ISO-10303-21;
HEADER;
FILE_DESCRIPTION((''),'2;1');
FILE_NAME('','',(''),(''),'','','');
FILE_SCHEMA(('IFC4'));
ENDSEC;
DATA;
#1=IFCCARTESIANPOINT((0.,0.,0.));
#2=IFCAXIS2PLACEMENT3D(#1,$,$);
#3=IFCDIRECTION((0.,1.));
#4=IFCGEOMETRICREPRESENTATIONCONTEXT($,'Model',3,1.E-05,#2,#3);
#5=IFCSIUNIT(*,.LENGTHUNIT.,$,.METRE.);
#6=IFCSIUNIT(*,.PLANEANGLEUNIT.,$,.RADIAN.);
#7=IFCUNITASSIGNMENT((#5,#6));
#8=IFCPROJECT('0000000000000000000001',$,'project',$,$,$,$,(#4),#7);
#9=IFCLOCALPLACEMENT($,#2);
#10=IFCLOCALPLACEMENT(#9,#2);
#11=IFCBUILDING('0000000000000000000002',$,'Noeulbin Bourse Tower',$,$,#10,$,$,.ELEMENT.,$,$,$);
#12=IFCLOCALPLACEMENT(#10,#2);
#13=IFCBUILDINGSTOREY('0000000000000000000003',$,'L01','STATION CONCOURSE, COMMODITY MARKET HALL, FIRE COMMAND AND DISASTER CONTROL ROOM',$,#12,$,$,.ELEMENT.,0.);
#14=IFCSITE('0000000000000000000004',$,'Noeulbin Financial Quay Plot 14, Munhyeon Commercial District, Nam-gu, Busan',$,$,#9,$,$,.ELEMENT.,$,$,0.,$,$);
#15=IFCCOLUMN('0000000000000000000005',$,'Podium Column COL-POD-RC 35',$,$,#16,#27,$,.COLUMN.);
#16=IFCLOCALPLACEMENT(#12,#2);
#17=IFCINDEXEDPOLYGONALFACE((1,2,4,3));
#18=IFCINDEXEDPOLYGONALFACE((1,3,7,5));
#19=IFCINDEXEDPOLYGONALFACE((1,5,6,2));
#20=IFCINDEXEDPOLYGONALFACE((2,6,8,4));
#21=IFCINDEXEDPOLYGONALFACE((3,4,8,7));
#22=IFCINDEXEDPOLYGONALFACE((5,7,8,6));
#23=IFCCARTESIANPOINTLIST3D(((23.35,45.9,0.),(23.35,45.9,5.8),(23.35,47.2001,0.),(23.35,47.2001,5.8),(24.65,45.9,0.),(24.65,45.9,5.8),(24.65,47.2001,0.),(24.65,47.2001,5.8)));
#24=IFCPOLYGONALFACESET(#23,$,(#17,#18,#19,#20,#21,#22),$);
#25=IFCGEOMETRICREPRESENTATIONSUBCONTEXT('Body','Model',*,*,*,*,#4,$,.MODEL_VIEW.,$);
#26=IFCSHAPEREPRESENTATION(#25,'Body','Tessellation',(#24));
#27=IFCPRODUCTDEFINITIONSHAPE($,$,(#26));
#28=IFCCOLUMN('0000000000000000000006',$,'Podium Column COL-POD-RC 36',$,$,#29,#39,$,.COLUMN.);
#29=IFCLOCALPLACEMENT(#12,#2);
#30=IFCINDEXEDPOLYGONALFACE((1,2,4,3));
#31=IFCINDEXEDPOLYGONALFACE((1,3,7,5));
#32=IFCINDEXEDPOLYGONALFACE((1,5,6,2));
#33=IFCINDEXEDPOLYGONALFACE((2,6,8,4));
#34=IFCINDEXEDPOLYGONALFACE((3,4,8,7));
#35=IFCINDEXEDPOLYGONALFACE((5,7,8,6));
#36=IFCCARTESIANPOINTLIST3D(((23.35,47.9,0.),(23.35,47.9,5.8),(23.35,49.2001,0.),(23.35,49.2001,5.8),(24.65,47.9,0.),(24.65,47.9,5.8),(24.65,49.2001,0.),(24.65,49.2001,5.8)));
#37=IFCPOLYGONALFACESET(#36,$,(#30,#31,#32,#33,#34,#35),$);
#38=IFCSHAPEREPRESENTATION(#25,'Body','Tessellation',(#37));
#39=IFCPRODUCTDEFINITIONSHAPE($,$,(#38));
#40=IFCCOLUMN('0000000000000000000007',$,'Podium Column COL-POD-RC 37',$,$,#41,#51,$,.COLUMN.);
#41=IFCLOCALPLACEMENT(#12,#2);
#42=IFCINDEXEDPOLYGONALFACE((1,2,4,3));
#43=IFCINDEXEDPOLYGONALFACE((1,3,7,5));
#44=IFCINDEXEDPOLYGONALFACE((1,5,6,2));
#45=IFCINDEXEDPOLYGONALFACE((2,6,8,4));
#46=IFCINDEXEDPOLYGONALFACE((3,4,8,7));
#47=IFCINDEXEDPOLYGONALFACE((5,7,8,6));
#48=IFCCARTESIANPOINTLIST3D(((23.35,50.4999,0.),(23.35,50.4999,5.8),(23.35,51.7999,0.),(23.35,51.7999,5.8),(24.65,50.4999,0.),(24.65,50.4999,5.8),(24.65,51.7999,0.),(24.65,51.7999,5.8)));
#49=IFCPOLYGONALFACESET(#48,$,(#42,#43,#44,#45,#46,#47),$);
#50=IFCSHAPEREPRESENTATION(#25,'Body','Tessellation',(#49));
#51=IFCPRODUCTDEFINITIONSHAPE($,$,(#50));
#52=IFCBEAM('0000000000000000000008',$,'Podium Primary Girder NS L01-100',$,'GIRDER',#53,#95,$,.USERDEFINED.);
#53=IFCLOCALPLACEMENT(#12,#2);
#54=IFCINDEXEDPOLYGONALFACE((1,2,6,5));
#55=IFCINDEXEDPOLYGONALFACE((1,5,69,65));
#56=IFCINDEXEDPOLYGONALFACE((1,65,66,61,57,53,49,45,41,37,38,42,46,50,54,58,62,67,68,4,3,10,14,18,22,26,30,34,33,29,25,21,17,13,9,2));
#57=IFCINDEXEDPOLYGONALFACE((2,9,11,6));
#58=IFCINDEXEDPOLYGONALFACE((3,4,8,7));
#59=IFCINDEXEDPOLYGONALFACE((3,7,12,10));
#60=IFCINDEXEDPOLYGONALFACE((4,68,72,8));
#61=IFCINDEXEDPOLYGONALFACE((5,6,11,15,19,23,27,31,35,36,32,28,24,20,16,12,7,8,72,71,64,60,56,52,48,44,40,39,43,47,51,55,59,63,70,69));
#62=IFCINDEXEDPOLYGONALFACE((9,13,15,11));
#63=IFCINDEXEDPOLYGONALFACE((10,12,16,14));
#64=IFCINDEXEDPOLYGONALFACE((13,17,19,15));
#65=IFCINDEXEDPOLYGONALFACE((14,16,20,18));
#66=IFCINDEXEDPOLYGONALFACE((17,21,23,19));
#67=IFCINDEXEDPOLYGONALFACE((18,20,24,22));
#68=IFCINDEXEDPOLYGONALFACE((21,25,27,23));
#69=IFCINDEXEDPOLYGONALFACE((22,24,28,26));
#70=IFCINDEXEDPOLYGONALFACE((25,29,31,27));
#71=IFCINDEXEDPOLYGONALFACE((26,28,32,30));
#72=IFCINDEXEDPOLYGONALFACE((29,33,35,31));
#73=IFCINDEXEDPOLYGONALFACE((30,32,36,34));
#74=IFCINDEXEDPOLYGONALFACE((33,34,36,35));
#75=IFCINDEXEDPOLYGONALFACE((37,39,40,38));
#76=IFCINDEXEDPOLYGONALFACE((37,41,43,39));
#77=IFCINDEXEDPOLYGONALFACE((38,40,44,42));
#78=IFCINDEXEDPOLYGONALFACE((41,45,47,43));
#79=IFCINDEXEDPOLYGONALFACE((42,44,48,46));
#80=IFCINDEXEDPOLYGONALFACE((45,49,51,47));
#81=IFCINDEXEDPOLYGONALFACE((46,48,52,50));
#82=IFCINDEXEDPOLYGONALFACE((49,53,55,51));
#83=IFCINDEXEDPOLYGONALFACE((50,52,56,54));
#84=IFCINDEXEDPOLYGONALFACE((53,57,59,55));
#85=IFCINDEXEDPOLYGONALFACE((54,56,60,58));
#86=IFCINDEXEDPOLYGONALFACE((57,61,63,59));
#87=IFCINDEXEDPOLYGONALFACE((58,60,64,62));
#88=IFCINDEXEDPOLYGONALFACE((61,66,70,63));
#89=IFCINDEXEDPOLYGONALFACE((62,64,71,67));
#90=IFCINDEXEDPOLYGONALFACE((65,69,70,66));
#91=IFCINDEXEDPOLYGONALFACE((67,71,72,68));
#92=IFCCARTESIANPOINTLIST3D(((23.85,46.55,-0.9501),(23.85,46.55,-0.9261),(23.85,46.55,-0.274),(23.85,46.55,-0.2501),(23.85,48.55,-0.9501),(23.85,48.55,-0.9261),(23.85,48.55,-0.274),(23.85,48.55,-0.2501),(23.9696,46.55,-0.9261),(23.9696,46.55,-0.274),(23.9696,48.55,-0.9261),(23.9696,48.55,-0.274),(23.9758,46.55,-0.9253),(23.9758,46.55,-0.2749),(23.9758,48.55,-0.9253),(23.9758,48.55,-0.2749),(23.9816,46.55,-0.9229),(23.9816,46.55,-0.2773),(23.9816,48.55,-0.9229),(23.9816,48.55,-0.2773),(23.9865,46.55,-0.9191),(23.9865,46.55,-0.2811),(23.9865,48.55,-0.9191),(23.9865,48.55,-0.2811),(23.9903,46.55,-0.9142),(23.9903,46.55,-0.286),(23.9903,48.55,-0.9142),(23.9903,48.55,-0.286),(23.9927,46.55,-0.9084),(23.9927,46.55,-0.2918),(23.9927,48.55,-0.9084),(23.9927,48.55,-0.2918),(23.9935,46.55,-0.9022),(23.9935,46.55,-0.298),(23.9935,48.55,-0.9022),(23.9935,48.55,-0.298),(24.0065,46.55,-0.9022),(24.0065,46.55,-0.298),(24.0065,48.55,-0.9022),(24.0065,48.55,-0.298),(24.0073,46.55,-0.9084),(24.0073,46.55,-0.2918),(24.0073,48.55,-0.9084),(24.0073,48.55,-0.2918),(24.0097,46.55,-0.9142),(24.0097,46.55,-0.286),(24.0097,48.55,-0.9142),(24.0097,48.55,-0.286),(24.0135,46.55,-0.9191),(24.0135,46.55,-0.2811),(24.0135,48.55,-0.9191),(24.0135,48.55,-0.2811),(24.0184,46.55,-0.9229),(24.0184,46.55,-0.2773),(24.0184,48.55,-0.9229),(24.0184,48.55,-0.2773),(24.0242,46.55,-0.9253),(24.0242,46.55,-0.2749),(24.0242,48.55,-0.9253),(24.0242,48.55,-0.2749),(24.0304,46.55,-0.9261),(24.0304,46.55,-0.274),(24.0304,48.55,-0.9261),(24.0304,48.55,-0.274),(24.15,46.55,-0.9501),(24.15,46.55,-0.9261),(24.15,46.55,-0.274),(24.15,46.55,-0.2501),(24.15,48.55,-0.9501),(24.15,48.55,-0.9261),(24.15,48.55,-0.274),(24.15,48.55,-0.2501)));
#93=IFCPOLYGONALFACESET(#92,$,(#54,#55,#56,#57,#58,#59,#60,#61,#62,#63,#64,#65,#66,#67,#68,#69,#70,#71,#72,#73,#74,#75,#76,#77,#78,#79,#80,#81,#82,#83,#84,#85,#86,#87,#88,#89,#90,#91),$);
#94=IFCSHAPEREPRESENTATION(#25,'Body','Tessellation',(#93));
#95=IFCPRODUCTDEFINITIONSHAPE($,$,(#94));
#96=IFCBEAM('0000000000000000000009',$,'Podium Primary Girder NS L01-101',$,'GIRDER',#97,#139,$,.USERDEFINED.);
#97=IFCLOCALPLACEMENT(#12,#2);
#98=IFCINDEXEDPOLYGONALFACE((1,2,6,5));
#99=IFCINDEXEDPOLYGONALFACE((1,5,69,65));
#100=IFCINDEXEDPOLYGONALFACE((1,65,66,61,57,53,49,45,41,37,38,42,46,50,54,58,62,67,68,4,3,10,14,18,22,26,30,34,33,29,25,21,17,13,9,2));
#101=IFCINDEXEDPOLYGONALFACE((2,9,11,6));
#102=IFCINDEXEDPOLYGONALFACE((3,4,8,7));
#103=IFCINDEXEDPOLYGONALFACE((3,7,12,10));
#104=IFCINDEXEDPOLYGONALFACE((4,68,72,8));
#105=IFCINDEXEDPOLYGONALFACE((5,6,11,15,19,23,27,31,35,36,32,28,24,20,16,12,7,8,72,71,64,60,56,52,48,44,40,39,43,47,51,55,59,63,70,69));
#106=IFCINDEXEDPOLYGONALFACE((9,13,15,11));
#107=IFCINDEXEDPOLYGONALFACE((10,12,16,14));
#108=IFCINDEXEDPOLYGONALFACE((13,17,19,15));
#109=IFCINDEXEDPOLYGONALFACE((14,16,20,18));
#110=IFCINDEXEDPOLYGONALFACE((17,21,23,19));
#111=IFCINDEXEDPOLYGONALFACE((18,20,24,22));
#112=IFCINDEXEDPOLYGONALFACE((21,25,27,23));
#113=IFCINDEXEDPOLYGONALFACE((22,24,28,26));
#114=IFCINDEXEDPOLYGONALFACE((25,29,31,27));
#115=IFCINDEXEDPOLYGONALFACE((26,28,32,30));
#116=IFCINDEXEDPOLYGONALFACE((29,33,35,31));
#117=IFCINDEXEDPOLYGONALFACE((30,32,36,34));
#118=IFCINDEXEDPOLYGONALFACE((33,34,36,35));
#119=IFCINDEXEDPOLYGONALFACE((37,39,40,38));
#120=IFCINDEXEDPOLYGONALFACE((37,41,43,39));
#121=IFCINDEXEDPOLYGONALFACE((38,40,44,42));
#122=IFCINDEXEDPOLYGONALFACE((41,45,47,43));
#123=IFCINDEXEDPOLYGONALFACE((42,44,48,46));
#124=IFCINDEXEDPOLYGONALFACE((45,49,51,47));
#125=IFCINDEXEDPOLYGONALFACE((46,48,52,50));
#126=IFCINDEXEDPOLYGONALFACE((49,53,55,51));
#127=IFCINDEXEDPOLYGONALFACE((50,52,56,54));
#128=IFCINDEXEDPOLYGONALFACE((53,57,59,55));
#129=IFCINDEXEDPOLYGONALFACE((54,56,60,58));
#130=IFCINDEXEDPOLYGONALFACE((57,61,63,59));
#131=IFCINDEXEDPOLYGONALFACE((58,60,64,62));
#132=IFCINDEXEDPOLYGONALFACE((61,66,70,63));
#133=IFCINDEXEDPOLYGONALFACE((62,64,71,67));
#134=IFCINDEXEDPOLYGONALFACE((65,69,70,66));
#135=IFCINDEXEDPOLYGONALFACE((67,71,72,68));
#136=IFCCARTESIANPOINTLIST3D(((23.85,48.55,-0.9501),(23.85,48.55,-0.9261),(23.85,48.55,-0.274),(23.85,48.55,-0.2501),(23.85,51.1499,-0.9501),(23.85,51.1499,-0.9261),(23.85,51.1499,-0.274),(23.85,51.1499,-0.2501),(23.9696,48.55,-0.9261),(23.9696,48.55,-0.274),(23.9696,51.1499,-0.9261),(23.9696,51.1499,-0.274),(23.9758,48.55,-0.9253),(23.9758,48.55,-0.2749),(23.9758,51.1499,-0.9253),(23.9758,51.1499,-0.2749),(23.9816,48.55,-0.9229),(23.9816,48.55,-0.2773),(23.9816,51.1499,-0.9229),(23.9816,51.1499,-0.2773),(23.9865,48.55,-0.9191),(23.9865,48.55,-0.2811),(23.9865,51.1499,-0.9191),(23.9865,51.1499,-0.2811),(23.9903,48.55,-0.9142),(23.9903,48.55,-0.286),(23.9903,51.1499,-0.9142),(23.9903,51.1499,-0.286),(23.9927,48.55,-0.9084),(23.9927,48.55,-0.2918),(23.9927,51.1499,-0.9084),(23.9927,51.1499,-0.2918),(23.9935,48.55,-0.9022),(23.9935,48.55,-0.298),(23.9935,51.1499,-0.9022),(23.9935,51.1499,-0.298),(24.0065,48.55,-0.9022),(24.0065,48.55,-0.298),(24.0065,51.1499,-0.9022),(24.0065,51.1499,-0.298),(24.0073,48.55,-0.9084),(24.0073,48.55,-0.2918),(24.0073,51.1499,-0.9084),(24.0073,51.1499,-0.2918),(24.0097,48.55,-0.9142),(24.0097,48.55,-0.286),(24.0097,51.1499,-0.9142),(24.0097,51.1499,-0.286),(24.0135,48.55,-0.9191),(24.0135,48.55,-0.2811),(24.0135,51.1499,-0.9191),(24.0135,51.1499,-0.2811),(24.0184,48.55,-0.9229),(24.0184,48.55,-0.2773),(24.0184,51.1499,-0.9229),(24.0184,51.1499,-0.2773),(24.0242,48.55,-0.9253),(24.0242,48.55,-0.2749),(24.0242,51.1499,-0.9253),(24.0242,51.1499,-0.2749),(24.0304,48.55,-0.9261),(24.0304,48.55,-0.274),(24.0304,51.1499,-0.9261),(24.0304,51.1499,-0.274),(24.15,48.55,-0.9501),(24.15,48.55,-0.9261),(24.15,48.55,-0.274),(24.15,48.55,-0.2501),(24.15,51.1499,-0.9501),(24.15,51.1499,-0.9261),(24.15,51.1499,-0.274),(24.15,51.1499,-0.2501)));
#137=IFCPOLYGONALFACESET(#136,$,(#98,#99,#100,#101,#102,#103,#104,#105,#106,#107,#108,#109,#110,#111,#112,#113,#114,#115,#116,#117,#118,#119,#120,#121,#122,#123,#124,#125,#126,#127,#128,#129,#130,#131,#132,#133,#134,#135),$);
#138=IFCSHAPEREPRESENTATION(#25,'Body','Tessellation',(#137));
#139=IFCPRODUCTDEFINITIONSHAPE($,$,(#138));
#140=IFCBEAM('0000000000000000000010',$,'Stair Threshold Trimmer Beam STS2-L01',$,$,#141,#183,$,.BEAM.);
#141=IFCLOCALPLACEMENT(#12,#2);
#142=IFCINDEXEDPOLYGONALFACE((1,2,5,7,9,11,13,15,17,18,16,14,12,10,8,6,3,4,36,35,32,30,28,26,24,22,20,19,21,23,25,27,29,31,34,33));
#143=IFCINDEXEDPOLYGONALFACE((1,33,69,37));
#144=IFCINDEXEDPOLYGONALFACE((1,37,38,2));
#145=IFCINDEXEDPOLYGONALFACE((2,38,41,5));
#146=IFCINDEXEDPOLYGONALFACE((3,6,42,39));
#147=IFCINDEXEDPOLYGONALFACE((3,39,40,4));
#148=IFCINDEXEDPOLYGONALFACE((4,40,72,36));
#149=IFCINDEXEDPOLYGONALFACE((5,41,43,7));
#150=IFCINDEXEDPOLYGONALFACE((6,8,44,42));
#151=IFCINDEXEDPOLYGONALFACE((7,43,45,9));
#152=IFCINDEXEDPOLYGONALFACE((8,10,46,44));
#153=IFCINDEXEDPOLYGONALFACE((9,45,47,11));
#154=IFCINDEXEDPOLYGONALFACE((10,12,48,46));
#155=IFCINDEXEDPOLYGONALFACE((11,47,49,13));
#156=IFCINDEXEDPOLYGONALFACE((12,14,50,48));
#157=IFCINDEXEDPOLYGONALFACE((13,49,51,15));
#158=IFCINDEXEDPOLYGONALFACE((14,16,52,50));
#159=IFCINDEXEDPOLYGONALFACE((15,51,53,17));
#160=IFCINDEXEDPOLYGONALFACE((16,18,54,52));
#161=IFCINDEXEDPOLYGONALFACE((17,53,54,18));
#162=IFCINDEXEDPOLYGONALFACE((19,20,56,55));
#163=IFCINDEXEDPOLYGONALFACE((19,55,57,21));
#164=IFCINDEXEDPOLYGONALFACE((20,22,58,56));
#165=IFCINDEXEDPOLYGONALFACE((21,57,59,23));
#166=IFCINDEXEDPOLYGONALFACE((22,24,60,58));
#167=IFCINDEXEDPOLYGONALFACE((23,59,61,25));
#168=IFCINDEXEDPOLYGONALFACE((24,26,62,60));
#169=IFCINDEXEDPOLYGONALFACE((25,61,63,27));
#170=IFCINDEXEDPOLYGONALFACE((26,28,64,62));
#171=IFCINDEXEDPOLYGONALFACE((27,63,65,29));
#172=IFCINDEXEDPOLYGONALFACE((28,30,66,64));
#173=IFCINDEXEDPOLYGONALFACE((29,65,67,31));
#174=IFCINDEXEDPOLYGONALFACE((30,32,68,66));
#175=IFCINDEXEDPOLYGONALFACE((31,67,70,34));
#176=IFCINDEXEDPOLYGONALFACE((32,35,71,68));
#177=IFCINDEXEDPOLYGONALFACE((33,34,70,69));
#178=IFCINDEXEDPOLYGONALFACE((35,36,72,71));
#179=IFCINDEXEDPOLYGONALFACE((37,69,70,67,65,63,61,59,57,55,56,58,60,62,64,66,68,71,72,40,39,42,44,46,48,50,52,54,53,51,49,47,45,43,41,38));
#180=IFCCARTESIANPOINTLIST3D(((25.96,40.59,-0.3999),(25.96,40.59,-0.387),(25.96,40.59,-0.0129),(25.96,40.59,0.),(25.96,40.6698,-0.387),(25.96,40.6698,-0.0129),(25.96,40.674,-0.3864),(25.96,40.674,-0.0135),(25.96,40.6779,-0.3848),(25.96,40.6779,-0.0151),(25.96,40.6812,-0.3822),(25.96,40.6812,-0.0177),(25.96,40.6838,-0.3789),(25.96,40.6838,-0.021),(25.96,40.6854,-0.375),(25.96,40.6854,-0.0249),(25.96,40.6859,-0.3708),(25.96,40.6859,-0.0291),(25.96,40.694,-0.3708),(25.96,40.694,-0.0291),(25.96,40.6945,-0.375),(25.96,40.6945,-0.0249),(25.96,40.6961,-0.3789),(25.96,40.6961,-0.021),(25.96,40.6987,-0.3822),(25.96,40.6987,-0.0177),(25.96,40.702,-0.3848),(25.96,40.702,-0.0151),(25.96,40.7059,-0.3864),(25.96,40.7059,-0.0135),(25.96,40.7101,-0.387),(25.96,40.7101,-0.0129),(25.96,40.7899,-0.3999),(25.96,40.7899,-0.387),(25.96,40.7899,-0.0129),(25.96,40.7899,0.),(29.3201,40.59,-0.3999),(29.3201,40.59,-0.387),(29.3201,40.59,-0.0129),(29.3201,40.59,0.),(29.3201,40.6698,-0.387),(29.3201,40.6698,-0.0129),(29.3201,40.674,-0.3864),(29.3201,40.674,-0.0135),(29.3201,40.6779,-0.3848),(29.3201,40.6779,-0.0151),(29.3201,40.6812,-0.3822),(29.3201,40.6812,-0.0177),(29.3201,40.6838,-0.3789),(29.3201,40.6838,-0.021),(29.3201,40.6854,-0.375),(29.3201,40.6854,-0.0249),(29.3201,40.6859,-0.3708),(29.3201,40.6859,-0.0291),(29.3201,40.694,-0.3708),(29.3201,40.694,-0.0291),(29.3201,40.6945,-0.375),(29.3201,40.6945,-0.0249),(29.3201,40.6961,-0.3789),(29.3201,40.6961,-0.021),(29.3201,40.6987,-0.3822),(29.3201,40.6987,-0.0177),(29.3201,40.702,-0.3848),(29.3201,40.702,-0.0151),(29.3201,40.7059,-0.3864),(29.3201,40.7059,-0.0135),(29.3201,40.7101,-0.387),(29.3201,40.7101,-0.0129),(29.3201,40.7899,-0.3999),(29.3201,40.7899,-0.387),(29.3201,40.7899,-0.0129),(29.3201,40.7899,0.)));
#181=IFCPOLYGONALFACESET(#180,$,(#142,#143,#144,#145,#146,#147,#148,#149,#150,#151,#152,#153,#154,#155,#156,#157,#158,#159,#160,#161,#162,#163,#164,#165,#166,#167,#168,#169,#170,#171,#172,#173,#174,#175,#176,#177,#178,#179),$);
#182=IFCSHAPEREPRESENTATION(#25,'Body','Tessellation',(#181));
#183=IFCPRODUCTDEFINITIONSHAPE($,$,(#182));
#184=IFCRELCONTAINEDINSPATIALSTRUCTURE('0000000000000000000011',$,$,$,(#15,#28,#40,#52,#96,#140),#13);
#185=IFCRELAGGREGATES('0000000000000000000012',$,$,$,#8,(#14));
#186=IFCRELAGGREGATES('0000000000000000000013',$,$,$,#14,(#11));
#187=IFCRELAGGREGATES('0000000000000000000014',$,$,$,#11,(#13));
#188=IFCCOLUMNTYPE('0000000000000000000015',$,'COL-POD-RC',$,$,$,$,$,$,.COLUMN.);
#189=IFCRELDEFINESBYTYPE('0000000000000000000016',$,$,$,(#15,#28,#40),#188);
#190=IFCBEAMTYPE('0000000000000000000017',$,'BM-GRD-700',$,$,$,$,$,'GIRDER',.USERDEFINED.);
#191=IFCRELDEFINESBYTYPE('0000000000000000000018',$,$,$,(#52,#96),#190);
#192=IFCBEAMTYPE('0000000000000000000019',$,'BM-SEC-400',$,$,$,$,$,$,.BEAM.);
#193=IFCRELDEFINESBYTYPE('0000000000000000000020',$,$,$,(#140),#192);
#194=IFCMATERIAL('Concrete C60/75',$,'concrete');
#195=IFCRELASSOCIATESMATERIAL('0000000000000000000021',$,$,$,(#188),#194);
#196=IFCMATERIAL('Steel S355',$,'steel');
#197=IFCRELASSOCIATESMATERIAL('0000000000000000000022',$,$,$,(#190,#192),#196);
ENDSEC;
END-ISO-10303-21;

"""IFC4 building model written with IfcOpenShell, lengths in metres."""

from ifc_helpers import new_model, si_unit, direction, frame, origin, origin_2d, place, context, subcontext, project, spatial, rectangle, i_section, extrude, material, material_profile, profile_set, type_object, element, save


model = new_model("IFC4")

# Units and contexts
model_context = context("Model", 3, precision=1e-05, world=origin(), true_north=direction((0.0, 1.0)))
body_context = subcontext(model_context, "Body", "Model", "MODEL_VIEW")
ifc_project = project(units=[si_unit("LENGTHUNIT", "METRE"), si_unit("PLANEANGLEUNIT", "RADIAN")], contexts=[model_context])

# Site, building, storey
site_placement = place(None, origin())
site = spatial("IfcSite", under=ifc_project, at=site_placement, Name="Noeulbin Financial Quay Plot 14, Munhyeon Commercial District, Nam-gu, Busan", CompositionType="ELEMENT", RefElevation=0.0)
building_placement = place(site_placement, origin())
building = spatial("IfcBuilding", under=site, at=building_placement, Name="Noeulbin Bourse Tower", CompositionType="ELEMENT")
storey_placement = place(building_placement, origin())
storey = spatial("IfcBuildingStorey", under=building, at=storey_placement, Name="L01", Description="STATION CONCOURSE, COMMODITY MARKET HALL, FIRE COMMAND AND DISASTER CONTROL ROOM", CompositionType="ELEMENT", Elevation=0.0)

# Columns
ifc_material_1 = material(Name="Concrete C60/75", Category="concrete")
ifc_material_profile_1 = material_profile(ifc_material_1, rectangle(XDim=1.3, YDim=1.3, at=origin_2d()), Name="RC-COL-1300x1300", Category="LoadBearing")
ifc_profile_set_1 = profile_set([ifc_material_profile_1], Name="Concrete C60/75")
column_type = type_object("IfcColumnType", Name="COL-POD-RC", PredefinedType="COLUMN", material=ifc_profile_set_1)
for number, where, z_axis, x_axis, name in (
    (1, (24.0, 46.55, 0.0), (0.0, 0.0, 1.0), (1.0, 0.0, 0.0), "Podium Column COL-POD-RC 35"),
    (2, (24.0, 48.55, 0.0), (0.0, 0.0, 1.0), (1.0, 0.0, 0.0), "Podium Column COL-POD-RC 36"),
    (3, (24.0, 51.1499, 0.0), (0.0, 0.0, 1.0), (1.0, 0.0, 0.0), "Podium Column COL-POD-RC 37"),
):
    element("IfcColumn", number, at=place(storey_placement, frame(where, z_axis=z_axis, x_axis=x_axis)), inside=storey, type_object=column_type, Name=name, PredefinedType="COLUMN", context=body_context, shape_type="SweptSolid", body=[
        extrude(rectangle(XDim=1.3, YDim=1.3, at=origin_2d()), origin(), (0.0, 0.0, 1.0), 5.8),
    ])

# Beams
ifc_material_2 = material(Name="Steel S355", Category="steel")
ifc_material_profile_2 = material_profile(ifc_material_2, i_section(OverallWidth=0.3, OverallDepth=0.7, WebThickness=0.0129, FlangeThickness=0.0239, FilletRadius=0.0239, at=origin_2d()), Name="H-700x300x13x24", Category="LoadBearing")
ifc_profile_set_2 = profile_set([ifc_material_profile_2], Name="Steel S355")
beam_type_1 = type_object("IfcBeamType", Name="BM-GRD-700", ElementType="GIRDER", PredefinedType="USERDEFINED", material=ifc_profile_set_2)
beam_1_placement = place(storey_placement, frame((24.0, 46.55, -0.6001), z_axis=(0.0, 1.0, 0.0), x_axis=(-1.0, 0.0, 0.0)))
element("IfcBeam", 4, at=beam_1_placement, inside=storey, type_object=beam_type_1, Name="Podium Primary Girder NS L01-100", ObjectType="GIRDER", PredefinedType="USERDEFINED", context=body_context, shape_type="SweptSolid", body=[
    extrude(i_section(OverallWidth=0.3, OverallDepth=0.7, WebThickness=0.0129, FlangeThickness=0.0239, FilletRadius=0.0239, at=origin_2d()), origin(), (0.0, 0.0, 1.0), 2.0),
])
beam_2_placement = place(storey_placement, frame((24.0, 48.55, -0.6001), z_axis=(0.0, 1.0, 0.0), x_axis=(-1.0, 0.0, 0.0)))
element("IfcBeam", 5, at=beam_2_placement, inside=storey, type_object=beam_type_1, Name="Podium Primary Girder NS L01-101", ObjectType="GIRDER", PredefinedType="USERDEFINED", context=body_context, shape_type="SweptSolid", body=[
    extrude(i_section(OverallWidth=0.3, OverallDepth=0.7, WebThickness=0.0129, FlangeThickness=0.0239, FilletRadius=0.0239, at=origin_2d()), origin(), (0.0, 0.0, 1.0), 2.5999),
])
ifc_material_profile_3 = material_profile(ifc_material_2, i_section(OverallWidth=0.2, OverallDepth=0.3999, WebThickness=0.0081, FlangeThickness=0.0129, FilletRadius=0.0161, at=origin_2d()), Name="H-400x200x8x13", Category="LoadBearing")
ifc_profile_set_3 = profile_set([ifc_material_profile_3], Name="Steel S355")
beam_type_2 = type_object("IfcBeamType", Name="BM-SEC-400", PredefinedType="BEAM", material=ifc_profile_set_3)
beam_3_placement = place(storey_placement, frame((25.96, 40.6899, -0.2), z_axis=(1.0, 0.0, 0.0), x_axis=(0.0, 1.0, 0.0)))
element("IfcBeam", 6, at=beam_3_placement, inside=storey, type_object=beam_type_2, Name="Stair Threshold Trimmer Beam STS2-L01", PredefinedType="BEAM", context=body_context, shape_type="SweptSolid", body=[
    extrude(i_section(OverallWidth=0.2, OverallDepth=0.3999, WebThickness=0.0081, FlangeThickness=0.0129, FilletRadius=0.0161, at=origin_2d()), origin(), (0.0, 0.0, 1.0), 3.3601),
])

save(model, "model.ifc")
